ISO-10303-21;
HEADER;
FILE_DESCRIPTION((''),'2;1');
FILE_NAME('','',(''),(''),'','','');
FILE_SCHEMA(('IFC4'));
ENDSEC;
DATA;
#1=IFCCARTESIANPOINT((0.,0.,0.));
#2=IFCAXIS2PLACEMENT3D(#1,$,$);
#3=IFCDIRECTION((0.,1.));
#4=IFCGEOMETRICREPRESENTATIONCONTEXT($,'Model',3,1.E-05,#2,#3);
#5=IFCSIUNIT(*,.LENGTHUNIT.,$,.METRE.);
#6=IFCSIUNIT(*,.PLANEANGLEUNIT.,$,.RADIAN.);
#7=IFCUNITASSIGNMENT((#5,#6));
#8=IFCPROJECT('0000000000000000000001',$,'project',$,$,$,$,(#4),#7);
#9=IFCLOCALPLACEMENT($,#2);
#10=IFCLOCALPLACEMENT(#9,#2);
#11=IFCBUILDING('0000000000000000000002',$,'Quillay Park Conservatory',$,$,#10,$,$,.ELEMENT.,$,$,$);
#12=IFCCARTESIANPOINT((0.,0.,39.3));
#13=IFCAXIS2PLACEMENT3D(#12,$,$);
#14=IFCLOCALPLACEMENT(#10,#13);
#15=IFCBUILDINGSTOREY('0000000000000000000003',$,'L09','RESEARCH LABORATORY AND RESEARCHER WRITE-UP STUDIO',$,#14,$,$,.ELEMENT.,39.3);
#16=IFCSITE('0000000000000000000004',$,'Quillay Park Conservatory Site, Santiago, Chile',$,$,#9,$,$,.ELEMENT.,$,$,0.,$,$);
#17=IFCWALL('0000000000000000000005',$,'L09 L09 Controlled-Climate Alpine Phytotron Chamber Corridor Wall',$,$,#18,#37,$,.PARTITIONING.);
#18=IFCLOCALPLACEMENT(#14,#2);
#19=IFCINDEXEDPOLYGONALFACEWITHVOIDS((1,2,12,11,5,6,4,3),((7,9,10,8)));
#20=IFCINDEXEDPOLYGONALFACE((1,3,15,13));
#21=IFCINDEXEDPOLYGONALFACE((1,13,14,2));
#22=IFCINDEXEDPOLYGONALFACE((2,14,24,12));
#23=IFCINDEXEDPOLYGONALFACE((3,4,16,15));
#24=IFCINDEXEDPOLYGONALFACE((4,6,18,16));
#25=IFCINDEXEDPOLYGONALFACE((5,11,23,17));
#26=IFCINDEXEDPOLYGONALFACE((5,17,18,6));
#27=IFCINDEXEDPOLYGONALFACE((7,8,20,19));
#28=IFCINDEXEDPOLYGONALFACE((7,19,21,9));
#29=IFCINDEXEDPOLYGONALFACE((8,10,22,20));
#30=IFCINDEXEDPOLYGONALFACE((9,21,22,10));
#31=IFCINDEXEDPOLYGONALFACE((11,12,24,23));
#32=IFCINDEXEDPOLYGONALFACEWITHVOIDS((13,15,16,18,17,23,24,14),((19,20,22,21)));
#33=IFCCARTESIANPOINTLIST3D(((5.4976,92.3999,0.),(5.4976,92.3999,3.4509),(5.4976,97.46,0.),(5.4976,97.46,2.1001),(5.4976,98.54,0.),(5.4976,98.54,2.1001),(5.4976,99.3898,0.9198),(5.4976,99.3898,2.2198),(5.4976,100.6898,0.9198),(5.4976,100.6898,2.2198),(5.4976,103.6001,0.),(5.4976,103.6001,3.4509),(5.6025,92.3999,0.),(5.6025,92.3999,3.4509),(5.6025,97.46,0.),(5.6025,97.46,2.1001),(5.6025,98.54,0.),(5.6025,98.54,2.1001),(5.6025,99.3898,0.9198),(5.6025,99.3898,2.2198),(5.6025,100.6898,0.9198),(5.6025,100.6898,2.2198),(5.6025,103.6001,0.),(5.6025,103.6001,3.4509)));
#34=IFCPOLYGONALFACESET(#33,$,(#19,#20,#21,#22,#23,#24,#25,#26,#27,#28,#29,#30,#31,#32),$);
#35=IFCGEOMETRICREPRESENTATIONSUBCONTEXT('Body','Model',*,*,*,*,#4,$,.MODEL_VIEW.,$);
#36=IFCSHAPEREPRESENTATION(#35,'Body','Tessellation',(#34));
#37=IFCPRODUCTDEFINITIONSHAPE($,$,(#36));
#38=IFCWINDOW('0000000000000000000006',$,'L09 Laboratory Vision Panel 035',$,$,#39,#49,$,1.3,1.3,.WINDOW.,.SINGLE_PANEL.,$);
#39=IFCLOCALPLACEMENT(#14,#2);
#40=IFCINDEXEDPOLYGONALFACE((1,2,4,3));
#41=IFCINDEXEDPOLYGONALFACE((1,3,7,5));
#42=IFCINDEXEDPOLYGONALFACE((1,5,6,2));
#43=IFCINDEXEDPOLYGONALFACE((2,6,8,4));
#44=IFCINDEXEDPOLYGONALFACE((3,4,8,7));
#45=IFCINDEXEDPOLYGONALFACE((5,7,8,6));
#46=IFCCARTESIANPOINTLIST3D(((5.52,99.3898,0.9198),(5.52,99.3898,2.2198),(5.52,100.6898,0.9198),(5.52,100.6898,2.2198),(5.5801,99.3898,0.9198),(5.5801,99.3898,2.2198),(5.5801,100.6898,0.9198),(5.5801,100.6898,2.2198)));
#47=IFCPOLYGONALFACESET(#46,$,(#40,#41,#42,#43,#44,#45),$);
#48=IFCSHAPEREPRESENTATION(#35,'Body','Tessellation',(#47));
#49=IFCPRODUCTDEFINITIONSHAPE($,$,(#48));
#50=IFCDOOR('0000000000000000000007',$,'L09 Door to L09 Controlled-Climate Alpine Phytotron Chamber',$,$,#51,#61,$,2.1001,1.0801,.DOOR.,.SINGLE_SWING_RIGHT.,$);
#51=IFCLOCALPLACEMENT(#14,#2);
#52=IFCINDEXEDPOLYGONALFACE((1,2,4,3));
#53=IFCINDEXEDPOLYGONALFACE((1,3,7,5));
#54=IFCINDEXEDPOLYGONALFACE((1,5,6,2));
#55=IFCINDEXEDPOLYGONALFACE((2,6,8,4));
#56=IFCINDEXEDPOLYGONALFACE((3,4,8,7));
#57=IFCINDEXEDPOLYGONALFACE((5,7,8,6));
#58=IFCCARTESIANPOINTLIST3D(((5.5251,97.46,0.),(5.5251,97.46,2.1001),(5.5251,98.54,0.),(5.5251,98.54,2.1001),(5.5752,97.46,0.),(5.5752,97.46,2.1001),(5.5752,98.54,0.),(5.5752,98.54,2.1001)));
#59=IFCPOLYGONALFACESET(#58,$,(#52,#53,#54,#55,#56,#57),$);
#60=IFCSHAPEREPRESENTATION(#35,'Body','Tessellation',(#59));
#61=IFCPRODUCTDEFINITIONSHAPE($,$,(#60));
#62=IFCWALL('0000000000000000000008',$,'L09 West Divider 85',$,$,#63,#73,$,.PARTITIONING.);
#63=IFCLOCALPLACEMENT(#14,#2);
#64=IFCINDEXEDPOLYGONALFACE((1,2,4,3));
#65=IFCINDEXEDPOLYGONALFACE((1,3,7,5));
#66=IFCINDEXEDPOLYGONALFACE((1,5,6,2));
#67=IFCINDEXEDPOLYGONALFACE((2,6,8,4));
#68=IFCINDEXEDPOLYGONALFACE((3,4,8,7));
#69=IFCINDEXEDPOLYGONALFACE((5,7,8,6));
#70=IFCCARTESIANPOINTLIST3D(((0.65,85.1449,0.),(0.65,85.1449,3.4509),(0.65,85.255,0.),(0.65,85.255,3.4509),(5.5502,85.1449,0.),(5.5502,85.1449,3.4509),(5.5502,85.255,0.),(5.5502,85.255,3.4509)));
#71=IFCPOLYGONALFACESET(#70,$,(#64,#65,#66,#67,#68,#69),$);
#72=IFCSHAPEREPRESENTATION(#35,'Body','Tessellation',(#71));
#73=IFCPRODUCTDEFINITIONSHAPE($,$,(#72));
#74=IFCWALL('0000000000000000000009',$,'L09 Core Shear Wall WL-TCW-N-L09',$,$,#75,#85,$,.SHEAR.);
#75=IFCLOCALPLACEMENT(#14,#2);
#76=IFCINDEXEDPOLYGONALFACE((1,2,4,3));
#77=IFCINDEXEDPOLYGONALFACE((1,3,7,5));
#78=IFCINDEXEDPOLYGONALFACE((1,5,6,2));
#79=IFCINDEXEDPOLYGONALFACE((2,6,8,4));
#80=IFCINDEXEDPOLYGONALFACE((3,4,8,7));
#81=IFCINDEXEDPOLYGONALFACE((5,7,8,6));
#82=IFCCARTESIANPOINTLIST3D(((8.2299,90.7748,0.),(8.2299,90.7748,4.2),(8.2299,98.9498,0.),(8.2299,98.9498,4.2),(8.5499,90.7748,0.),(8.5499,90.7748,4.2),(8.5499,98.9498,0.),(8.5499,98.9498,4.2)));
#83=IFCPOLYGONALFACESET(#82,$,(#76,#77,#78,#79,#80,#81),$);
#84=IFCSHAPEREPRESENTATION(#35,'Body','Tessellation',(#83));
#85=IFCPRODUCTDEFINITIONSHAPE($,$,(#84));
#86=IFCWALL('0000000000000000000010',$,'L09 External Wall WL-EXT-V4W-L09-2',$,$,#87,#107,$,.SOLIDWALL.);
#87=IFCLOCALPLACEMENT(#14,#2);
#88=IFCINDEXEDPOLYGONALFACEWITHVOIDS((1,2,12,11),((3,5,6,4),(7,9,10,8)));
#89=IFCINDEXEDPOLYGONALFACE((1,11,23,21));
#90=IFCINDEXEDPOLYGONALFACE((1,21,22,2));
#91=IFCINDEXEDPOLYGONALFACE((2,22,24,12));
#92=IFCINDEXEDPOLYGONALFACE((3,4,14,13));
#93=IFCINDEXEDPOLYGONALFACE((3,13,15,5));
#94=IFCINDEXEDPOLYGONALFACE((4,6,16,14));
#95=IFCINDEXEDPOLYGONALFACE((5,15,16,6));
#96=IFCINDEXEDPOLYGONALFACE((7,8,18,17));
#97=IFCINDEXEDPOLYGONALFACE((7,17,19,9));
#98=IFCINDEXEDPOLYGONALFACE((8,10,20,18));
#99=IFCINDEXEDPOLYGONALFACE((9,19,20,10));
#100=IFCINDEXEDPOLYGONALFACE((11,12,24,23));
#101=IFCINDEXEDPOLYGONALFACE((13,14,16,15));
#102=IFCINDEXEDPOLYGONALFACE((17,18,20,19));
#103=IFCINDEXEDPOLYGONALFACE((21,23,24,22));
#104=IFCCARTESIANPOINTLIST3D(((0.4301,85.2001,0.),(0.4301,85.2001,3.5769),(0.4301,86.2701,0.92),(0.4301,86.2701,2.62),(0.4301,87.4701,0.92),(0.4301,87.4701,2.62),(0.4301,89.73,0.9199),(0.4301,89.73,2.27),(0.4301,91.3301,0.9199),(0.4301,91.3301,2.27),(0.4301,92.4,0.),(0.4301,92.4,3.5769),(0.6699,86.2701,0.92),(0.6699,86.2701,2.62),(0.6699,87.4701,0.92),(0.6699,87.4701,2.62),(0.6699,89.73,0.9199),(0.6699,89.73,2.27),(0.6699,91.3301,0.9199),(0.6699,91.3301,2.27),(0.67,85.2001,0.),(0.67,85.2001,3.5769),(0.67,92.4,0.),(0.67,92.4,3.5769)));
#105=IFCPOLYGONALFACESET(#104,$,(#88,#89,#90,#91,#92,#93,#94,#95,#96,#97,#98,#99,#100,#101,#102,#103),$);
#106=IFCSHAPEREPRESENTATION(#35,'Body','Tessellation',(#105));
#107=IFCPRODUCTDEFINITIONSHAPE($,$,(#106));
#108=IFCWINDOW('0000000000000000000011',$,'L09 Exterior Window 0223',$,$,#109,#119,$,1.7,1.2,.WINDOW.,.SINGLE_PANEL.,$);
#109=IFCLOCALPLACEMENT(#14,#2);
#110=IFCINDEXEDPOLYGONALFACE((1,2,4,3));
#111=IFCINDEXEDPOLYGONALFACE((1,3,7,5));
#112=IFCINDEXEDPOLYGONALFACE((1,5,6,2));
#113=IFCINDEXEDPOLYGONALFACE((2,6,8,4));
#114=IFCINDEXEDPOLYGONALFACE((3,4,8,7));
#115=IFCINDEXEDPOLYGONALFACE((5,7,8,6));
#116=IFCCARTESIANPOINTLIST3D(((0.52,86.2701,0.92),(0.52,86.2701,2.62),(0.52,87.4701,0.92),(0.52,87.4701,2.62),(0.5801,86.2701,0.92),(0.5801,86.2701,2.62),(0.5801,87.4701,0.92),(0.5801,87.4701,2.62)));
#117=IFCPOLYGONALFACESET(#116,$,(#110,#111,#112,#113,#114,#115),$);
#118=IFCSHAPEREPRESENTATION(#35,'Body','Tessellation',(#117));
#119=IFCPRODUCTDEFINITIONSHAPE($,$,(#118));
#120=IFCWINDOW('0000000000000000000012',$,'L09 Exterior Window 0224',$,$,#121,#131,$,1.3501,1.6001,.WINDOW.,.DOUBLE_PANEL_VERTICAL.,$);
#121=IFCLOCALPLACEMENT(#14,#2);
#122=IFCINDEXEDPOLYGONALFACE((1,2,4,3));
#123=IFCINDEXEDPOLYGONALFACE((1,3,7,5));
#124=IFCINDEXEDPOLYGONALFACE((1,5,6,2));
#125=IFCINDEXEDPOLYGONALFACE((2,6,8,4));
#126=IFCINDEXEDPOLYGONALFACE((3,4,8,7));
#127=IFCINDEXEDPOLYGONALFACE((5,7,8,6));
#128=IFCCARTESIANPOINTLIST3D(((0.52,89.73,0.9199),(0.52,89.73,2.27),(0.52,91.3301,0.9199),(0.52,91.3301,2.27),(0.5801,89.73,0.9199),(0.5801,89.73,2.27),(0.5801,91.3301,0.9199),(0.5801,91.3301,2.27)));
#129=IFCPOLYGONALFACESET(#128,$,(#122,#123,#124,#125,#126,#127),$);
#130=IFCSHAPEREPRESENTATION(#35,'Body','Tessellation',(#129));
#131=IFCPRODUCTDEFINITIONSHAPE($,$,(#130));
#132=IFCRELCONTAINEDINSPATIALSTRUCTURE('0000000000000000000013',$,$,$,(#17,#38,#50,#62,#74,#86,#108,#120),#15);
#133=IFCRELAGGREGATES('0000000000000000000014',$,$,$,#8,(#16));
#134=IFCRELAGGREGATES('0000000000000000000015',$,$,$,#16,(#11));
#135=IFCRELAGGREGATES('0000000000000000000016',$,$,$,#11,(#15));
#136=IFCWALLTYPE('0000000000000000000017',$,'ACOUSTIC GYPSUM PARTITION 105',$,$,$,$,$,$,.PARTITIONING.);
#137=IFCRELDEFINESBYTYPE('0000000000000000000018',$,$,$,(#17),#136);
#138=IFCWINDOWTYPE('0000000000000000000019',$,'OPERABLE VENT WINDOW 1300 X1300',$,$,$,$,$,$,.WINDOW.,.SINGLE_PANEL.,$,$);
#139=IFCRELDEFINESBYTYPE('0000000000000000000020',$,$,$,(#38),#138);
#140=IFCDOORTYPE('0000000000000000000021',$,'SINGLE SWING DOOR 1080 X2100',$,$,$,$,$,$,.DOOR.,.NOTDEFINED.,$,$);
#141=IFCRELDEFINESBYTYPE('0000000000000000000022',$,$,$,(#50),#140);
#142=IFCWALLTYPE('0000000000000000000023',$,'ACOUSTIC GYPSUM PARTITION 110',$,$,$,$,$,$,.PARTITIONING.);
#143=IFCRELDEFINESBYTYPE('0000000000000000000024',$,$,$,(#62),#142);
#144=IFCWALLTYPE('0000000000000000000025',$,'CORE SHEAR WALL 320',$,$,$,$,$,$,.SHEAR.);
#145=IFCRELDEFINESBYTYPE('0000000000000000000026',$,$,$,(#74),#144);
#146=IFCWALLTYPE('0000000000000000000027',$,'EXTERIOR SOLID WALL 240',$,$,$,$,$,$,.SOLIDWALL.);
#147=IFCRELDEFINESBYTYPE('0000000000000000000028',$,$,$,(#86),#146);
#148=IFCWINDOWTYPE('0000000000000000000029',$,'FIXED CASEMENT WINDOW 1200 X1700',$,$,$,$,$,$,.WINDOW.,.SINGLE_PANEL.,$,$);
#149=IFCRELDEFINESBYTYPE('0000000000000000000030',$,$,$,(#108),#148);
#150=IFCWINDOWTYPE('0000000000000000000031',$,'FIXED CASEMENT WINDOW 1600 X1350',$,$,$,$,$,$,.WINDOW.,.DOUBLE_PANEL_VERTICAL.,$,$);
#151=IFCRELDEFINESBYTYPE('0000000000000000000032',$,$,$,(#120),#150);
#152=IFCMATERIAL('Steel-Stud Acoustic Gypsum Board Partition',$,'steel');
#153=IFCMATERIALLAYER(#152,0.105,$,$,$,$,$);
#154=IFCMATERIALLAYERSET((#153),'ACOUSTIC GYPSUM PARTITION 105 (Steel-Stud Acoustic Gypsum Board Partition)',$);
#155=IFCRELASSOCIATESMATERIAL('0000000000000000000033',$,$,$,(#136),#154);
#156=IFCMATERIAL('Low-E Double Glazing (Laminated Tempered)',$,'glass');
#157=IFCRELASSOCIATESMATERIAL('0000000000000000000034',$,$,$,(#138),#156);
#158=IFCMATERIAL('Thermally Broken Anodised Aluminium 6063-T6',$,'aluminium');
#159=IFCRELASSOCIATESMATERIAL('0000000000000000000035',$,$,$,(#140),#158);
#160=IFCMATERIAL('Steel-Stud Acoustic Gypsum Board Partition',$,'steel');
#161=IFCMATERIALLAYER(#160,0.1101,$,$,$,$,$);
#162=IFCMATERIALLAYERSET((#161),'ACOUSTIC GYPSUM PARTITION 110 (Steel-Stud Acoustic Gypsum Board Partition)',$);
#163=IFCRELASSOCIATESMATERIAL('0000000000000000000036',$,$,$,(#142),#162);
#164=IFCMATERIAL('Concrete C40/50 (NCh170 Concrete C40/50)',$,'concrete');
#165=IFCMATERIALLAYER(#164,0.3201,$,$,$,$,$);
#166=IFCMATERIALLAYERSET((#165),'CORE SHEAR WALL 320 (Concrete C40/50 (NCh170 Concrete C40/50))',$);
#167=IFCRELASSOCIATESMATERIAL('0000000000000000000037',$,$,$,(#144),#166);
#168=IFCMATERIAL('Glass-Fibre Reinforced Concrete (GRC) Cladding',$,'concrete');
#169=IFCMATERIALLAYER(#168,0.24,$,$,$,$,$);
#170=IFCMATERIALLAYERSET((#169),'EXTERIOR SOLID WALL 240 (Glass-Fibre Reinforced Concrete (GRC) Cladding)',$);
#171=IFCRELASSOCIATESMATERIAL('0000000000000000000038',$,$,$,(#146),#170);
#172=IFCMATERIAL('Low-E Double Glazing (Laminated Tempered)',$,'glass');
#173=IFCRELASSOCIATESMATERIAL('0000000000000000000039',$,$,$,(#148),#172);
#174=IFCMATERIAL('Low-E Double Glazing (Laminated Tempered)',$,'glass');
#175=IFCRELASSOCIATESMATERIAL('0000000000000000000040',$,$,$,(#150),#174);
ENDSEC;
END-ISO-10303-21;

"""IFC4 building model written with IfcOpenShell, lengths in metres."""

from ifc_helpers import new_model, si_unit, direction, frame, frame_2d, origin, place, context, subcontext, project, spatial, rectangle, extrude, material, layer, layer_set, type_object, element, fill, save


model = new_model("IFC4")

# Units and contexts
model_context = context("Model", 3, precision=1e-05, world=origin(), true_north=direction((0.0, 1.0)))
body_context = subcontext(model_context, "Body", "Model", "MODEL_VIEW")
ifc_project = project(units=[si_unit("LENGTHUNIT", "METRE"), si_unit("PLANEANGLEUNIT", "RADIAN")], contexts=[model_context])

# Site, building, storey
site_placement = place(None, origin())
site = spatial("IfcSite", under=ifc_project, at=site_placement, Name="Quillay Park Conservatory Site, Santiago, Chile", CompositionType="ELEMENT", RefElevation=0.0)
building_placement = place(site_placement, origin())
building = spatial("IfcBuilding", under=site, at=building_placement, Name="Quillay Park Conservatory", CompositionType="ELEMENT")
storey_placement = place(building_placement, frame((0.0, 0.0, 39.3)))
storey = spatial("IfcBuildingStorey", under=building, at=storey_placement, Name="L09", Description="RESEARCH LABORATORY AND RESEARCHER WRITE-UP STUDIO", CompositionType="ELEMENT", Elevation=39.3)

# Wall, openings, window, door
ifc_material_1 = material(Name="Steel-Stud Acoustic Gypsum Board Partition", Category="steel")
ifc_layer_1 = layer(ifc_material_1, 0.105)
ifc_layer_set_1 = layer_set([ifc_layer_1], Name="ACOUSTIC GYPSUM PARTITION 105 (Steel-Stud Acoustic Gypsum Board Partition)")
wall_type_1 = type_object("IfcWallType", Name="ACOUSTIC GYPSUM PARTITION 105", PredefinedType="PARTITIONING", material=ifc_layer_set_1)
wall_1_placement = place(storey_placement, frame((5.55, 92.3999, 0.0), z_axis=(0.0, 0.0, 1.0), x_axis=(0.0, 1.0, 0.0)))
wall_1 = element("IfcWall", 1, at=wall_1_placement, inside=storey, type_object=wall_type_1, Name="L09 L09 Controlled-Climate Alpine Phytotron Chamber Corridor Wall", PredefinedType="PARTITIONING", context=body_context, shape_type="SweptSolid", body=[
    extrude(rectangle(XDim=11.2002, YDim=0.105, at=frame_2d((5.6001, 0.0))), origin(), (0.0, 0.0, 1.0), 3.4509),
])
opening_1_placement = place(wall_1_placement, frame((5.0601, 0.0, 0.0)))
opening_1 = element("IfcOpeningElement", 2, at=opening_1_placement, cuts=wall_1, PredefinedType="OPENING", context=body_context, shape_type="SweptSolid", body=[
    extrude(rectangle(XDim=1.0801, YDim=2.1001, at=frame_2d((0.54, 1.05))), frame((0.0, 0.0525, 0.0), z_axis=(0.0, -1.0, 0.0), x_axis=(1.0, 0.0, 0.0)), (0.0, 0.0, 1.0), 0.105),
])
opening_2_placement = place(wall_1_placement, frame((6.99, 0.0, 0.9199)))
opening_2 = element("IfcOpeningElement", 3, at=opening_2_placement, cuts=wall_1, PredefinedType="OPENING", context=body_context, shape_type="SweptSolid", body=[
    extrude(rectangle(XDim=1.3, YDim=1.3, at=frame_2d((0.6499, 0.6499))), frame((0.0, 0.0525, 0.0), z_axis=(0.0, -1.0, 0.0), x_axis=(1.0, 0.0, 0.0)), (0.0, 0.0, 1.0), 0.105),
])
ifc_material_2 = material(Name="Low-E Double Glazing (Laminated Tempered)", Category="glass")
window_type_1 = type_object("IfcWindowType", Name="OPERABLE VENT WINDOW 1300 X1300", PartitioningType="SINGLE_PANEL", PredefinedType="WINDOW", material=ifc_material_2)
window_1_placement = place(opening_2_placement, origin())
window_1 = element("IfcWindow", 4, at=window_1_placement, inside=storey, type_object=window_type_1, Name="L09 Laboratory Vision Panel 035", OverallHeight=1.3, OverallWidth=1.3, PartitioningType="SINGLE_PANEL", PredefinedType="WINDOW", context=body_context, shape_type="SweptSolid", body=[
    extrude(rectangle(XDim=1.3, YDim=1.3, at=frame_2d((0.6499, 0.6499))), frame((0.0, 0.03, 0.0), z_axis=(0.0, -1.0, 0.0), x_axis=(1.0, 0.0, 0.0)), (0.0, 0.0, 1.0), 0.0601),
])
fill(opening_2, window_1)
ifc_material_3 = material(Name="Thermally Broken Anodised Aluminium 6063-T6", Category="aluminium")
door_type_1 = type_object("IfcDoorType", Name="SINGLE SWING DOOR 1080 X2100", OperationType="NOTDEFINED", PredefinedType="DOOR", material=ifc_material_3)
door_1_placement = place(opening_1_placement, origin())
door_1 = element("IfcDoor", 5, at=door_1_placement, inside=storey, type_object=door_type_1, Name="L09 Door to L09 Controlled-Climate Alpine Phytotron Chamber", OperationType="SINGLE_SWING_RIGHT", OverallHeight=2.1001, OverallWidth=1.0801, PredefinedType="DOOR", context=body_context, shape_type="SweptSolid", body=[
    extrude(rectangle(XDim=1.0801, YDim=2.1001, at=frame_2d((0.54, 1.05))), frame((0.0, 0.0249, 0.0), z_axis=(0.0, -1.0, 0.0), x_axis=(1.0, 0.0, 0.0)), (0.0, 0.0, 1.0), 0.05),
])
fill(opening_1, door_1)

# Wall
ifc_material_4 = material(Name="Steel-Stud Acoustic Gypsum Board Partition", Category="steel")
ifc_layer_2 = layer(ifc_material_4, 0.1101)
ifc_layer_set_2 = layer_set([ifc_layer_2], Name="ACOUSTIC GYPSUM PARTITION 110 (Steel-Stud Acoustic Gypsum Board Partition)")
wall_type_2 = type_object("IfcWallType", Name="ACOUSTIC GYPSUM PARTITION 110", PredefinedType="PARTITIONING", material=ifc_layer_set_2)
wall_2_placement = place(storey_placement, frame((0.6499, 85.2, 0.0), z_axis=(0.0, 0.0, 1.0), x_axis=(1.0, 0.0, 0.0)))
element("IfcWall", 6, at=wall_2_placement, inside=storey, type_object=wall_type_2, Name="L09 West Divider 85", PredefinedType="PARTITIONING", context=body_context, shape_type="SweptSolid", body=[
    extrude(rectangle(XDim=4.9001, YDim=0.1101, at=frame_2d((2.4502, 0.0))), origin(), (0.0, 0.0, 1.0), 3.4509),
])

# Wall
ifc_material_5 = material(Name="Concrete C40/50 (NCh170 Concrete C40/50)", Category="concrete")
ifc_layer_3 = layer(ifc_material_5, 0.3201)
ifc_layer_set_3 = layer_set([ifc_layer_3], Name="CORE SHEAR WALL 320 (Concrete C40/50 (NCh170 Concrete C40/50))")
wall_type_3 = type_object("IfcWallType", Name="CORE SHEAR WALL 320", PredefinedType="SHEAR", material=ifc_layer_set_3)
wall_3_placement = place(storey_placement, frame((8.3899, 90.7749, 0.0), z_axis=(0.0, 0.0, 1.0), x_axis=(0.0, 1.0, 0.0)))
element("IfcWall", 7, at=wall_3_placement, inside=storey, type_object=wall_type_3, Name="L09 Core Shear Wall WL-TCW-N-L09", PredefinedType="SHEAR", context=body_context, shape_type="SweptSolid", body=[
    extrude(rectangle(XDim=8.175, YDim=0.3201, at=frame_2d((4.0874, 0.0))), origin(), (0.0, 0.0, 1.0), 4.2),
])

# Wall, openings, windows
ifc_material_6 = material(Name="Glass-Fibre Reinforced Concrete (GRC) Cladding", Category="concrete")
ifc_layer_4 = layer(ifc_material_6, 0.24)
ifc_layer_set_4 = layer_set([ifc_layer_4], Name="EXTERIOR SOLID WALL 240 (Glass-Fibre Reinforced Concrete (GRC) Cladding)")
wall_type_4 = type_object("IfcWallType", Name="EXTERIOR SOLID WALL 240", PredefinedType="SOLIDWALL", material=ifc_layer_set_4)
wall_4_placement = place(storey_placement, frame((0.55, 85.2, 0.0), z_axis=(0.0, 0.0, 1.0), x_axis=(0.0, 1.0, 0.0)))
wall_4 = element("IfcWall", 8, at=wall_4_placement, inside=storey, type_object=wall_type_4, Name="L09 External Wall WL-EXT-V4W-L09-2", PredefinedType="SOLIDWALL", context=body_context, shape_type="SweptSolid", body=[
    extrude(rectangle(XDim=7.2, YDim=0.24, at=frame_2d((3.6001, 0.0))), origin(), (0.0, 0.0, 1.0), 3.5769),
])
opening_3_placement = place(wall_4_placement, frame((1.0701, 0.0, 0.9199)))
opening_3 = element("IfcOpeningElement", 9, at=opening_3_placement, cuts=wall_4, PredefinedType="OPENING", context=body_context, shape_type="SweptSolid", body=[
    extrude(rectangle(XDim=1.2, YDim=1.7, at=frame_2d((0.6001, 0.8501))), frame((0.0, 0.1201, 0.0), z_axis=(0.0, -1.0, 0.0), x_axis=(1.0, 0.0, 0.0)), (0.0, 0.0, 1.0), 0.24),
])
opening_4_placement = place(wall_4_placement, frame((4.53, 0.0, 0.9199)))
opening_4 = element("IfcOpeningElement", 10, at=opening_4_placement, cuts=wall_4, PredefinedType="OPENING", context=body_context, shape_type="SweptSolid", body=[
    extrude(rectangle(XDim=1.6001, YDim=1.3501, at=frame_2d((0.8, 0.675))), frame((0.0, 0.1201, 0.0), z_axis=(0.0, -1.0, 0.0), x_axis=(1.0, 0.0, 0.0)), (0.0, 0.0, 1.0), 0.24),
])
ifc_material_7 = material(Name="Low-E Double Glazing (Laminated Tempered)", Category="glass")
window_type_2 = type_object("IfcWindowType", Name="FIXED CASEMENT WINDOW 1200 X1700", PartitioningType="SINGLE_PANEL", PredefinedType="WINDOW", material=ifc_material_7)
window_2_placement = place(opening_3_placement, origin())
window_2 = element("IfcWindow", 11, at=window_2_placement, inside=storey, type_object=window_type_2, Name="L09 Exterior Window 0223", OverallHeight=1.7, OverallWidth=1.2, PartitioningType="SINGLE_PANEL", PredefinedType="WINDOW", context=body_context, shape_type="SweptSolid", body=[
    extrude(rectangle(XDim=1.2, YDim=1.7, at=frame_2d((0.6001, 0.8501))), frame((0.0, 0.03, 0.0), z_axis=(0.0, -1.0, 0.0), x_axis=(1.0, 0.0, 0.0)), (0.0, 0.0, 1.0), 0.0601),
])
fill(opening_3, window_2)
ifc_material_8 = material(Name="Low-E Double Glazing (Laminated Tempered)", Category="glass")
window_type_3 = type_object("IfcWindowType", Name="FIXED CASEMENT WINDOW 1600 X1350", PartitioningType="DOUBLE_PANEL_VERTICAL", PredefinedType="WINDOW", material=ifc_material_8)
window_3_placement = place(opening_4_placement, origin())
window_3 = element("IfcWindow", 12, at=window_3_placement, inside=storey, type_object=window_type_3, Name="L09 Exterior Window 0224", OverallHeight=1.3501, OverallWidth=1.6001, PartitioningType="DOUBLE_PANEL_VERTICAL", PredefinedType="WINDOW", context=body_context, shape_type="SweptSolid", body=[
    extrude(rectangle(XDim=1.6001, YDim=1.3501, at=frame_2d((0.8, 0.675))), frame((0.0, 0.03, 0.0), z_axis=(0.0, -1.0, 0.0), x_axis=(1.0, 0.0, 0.0)), (0.0, 0.0, 1.0), 0.0601),
])
fill(opening_4, window_3)

save(model, "model.ifc")
